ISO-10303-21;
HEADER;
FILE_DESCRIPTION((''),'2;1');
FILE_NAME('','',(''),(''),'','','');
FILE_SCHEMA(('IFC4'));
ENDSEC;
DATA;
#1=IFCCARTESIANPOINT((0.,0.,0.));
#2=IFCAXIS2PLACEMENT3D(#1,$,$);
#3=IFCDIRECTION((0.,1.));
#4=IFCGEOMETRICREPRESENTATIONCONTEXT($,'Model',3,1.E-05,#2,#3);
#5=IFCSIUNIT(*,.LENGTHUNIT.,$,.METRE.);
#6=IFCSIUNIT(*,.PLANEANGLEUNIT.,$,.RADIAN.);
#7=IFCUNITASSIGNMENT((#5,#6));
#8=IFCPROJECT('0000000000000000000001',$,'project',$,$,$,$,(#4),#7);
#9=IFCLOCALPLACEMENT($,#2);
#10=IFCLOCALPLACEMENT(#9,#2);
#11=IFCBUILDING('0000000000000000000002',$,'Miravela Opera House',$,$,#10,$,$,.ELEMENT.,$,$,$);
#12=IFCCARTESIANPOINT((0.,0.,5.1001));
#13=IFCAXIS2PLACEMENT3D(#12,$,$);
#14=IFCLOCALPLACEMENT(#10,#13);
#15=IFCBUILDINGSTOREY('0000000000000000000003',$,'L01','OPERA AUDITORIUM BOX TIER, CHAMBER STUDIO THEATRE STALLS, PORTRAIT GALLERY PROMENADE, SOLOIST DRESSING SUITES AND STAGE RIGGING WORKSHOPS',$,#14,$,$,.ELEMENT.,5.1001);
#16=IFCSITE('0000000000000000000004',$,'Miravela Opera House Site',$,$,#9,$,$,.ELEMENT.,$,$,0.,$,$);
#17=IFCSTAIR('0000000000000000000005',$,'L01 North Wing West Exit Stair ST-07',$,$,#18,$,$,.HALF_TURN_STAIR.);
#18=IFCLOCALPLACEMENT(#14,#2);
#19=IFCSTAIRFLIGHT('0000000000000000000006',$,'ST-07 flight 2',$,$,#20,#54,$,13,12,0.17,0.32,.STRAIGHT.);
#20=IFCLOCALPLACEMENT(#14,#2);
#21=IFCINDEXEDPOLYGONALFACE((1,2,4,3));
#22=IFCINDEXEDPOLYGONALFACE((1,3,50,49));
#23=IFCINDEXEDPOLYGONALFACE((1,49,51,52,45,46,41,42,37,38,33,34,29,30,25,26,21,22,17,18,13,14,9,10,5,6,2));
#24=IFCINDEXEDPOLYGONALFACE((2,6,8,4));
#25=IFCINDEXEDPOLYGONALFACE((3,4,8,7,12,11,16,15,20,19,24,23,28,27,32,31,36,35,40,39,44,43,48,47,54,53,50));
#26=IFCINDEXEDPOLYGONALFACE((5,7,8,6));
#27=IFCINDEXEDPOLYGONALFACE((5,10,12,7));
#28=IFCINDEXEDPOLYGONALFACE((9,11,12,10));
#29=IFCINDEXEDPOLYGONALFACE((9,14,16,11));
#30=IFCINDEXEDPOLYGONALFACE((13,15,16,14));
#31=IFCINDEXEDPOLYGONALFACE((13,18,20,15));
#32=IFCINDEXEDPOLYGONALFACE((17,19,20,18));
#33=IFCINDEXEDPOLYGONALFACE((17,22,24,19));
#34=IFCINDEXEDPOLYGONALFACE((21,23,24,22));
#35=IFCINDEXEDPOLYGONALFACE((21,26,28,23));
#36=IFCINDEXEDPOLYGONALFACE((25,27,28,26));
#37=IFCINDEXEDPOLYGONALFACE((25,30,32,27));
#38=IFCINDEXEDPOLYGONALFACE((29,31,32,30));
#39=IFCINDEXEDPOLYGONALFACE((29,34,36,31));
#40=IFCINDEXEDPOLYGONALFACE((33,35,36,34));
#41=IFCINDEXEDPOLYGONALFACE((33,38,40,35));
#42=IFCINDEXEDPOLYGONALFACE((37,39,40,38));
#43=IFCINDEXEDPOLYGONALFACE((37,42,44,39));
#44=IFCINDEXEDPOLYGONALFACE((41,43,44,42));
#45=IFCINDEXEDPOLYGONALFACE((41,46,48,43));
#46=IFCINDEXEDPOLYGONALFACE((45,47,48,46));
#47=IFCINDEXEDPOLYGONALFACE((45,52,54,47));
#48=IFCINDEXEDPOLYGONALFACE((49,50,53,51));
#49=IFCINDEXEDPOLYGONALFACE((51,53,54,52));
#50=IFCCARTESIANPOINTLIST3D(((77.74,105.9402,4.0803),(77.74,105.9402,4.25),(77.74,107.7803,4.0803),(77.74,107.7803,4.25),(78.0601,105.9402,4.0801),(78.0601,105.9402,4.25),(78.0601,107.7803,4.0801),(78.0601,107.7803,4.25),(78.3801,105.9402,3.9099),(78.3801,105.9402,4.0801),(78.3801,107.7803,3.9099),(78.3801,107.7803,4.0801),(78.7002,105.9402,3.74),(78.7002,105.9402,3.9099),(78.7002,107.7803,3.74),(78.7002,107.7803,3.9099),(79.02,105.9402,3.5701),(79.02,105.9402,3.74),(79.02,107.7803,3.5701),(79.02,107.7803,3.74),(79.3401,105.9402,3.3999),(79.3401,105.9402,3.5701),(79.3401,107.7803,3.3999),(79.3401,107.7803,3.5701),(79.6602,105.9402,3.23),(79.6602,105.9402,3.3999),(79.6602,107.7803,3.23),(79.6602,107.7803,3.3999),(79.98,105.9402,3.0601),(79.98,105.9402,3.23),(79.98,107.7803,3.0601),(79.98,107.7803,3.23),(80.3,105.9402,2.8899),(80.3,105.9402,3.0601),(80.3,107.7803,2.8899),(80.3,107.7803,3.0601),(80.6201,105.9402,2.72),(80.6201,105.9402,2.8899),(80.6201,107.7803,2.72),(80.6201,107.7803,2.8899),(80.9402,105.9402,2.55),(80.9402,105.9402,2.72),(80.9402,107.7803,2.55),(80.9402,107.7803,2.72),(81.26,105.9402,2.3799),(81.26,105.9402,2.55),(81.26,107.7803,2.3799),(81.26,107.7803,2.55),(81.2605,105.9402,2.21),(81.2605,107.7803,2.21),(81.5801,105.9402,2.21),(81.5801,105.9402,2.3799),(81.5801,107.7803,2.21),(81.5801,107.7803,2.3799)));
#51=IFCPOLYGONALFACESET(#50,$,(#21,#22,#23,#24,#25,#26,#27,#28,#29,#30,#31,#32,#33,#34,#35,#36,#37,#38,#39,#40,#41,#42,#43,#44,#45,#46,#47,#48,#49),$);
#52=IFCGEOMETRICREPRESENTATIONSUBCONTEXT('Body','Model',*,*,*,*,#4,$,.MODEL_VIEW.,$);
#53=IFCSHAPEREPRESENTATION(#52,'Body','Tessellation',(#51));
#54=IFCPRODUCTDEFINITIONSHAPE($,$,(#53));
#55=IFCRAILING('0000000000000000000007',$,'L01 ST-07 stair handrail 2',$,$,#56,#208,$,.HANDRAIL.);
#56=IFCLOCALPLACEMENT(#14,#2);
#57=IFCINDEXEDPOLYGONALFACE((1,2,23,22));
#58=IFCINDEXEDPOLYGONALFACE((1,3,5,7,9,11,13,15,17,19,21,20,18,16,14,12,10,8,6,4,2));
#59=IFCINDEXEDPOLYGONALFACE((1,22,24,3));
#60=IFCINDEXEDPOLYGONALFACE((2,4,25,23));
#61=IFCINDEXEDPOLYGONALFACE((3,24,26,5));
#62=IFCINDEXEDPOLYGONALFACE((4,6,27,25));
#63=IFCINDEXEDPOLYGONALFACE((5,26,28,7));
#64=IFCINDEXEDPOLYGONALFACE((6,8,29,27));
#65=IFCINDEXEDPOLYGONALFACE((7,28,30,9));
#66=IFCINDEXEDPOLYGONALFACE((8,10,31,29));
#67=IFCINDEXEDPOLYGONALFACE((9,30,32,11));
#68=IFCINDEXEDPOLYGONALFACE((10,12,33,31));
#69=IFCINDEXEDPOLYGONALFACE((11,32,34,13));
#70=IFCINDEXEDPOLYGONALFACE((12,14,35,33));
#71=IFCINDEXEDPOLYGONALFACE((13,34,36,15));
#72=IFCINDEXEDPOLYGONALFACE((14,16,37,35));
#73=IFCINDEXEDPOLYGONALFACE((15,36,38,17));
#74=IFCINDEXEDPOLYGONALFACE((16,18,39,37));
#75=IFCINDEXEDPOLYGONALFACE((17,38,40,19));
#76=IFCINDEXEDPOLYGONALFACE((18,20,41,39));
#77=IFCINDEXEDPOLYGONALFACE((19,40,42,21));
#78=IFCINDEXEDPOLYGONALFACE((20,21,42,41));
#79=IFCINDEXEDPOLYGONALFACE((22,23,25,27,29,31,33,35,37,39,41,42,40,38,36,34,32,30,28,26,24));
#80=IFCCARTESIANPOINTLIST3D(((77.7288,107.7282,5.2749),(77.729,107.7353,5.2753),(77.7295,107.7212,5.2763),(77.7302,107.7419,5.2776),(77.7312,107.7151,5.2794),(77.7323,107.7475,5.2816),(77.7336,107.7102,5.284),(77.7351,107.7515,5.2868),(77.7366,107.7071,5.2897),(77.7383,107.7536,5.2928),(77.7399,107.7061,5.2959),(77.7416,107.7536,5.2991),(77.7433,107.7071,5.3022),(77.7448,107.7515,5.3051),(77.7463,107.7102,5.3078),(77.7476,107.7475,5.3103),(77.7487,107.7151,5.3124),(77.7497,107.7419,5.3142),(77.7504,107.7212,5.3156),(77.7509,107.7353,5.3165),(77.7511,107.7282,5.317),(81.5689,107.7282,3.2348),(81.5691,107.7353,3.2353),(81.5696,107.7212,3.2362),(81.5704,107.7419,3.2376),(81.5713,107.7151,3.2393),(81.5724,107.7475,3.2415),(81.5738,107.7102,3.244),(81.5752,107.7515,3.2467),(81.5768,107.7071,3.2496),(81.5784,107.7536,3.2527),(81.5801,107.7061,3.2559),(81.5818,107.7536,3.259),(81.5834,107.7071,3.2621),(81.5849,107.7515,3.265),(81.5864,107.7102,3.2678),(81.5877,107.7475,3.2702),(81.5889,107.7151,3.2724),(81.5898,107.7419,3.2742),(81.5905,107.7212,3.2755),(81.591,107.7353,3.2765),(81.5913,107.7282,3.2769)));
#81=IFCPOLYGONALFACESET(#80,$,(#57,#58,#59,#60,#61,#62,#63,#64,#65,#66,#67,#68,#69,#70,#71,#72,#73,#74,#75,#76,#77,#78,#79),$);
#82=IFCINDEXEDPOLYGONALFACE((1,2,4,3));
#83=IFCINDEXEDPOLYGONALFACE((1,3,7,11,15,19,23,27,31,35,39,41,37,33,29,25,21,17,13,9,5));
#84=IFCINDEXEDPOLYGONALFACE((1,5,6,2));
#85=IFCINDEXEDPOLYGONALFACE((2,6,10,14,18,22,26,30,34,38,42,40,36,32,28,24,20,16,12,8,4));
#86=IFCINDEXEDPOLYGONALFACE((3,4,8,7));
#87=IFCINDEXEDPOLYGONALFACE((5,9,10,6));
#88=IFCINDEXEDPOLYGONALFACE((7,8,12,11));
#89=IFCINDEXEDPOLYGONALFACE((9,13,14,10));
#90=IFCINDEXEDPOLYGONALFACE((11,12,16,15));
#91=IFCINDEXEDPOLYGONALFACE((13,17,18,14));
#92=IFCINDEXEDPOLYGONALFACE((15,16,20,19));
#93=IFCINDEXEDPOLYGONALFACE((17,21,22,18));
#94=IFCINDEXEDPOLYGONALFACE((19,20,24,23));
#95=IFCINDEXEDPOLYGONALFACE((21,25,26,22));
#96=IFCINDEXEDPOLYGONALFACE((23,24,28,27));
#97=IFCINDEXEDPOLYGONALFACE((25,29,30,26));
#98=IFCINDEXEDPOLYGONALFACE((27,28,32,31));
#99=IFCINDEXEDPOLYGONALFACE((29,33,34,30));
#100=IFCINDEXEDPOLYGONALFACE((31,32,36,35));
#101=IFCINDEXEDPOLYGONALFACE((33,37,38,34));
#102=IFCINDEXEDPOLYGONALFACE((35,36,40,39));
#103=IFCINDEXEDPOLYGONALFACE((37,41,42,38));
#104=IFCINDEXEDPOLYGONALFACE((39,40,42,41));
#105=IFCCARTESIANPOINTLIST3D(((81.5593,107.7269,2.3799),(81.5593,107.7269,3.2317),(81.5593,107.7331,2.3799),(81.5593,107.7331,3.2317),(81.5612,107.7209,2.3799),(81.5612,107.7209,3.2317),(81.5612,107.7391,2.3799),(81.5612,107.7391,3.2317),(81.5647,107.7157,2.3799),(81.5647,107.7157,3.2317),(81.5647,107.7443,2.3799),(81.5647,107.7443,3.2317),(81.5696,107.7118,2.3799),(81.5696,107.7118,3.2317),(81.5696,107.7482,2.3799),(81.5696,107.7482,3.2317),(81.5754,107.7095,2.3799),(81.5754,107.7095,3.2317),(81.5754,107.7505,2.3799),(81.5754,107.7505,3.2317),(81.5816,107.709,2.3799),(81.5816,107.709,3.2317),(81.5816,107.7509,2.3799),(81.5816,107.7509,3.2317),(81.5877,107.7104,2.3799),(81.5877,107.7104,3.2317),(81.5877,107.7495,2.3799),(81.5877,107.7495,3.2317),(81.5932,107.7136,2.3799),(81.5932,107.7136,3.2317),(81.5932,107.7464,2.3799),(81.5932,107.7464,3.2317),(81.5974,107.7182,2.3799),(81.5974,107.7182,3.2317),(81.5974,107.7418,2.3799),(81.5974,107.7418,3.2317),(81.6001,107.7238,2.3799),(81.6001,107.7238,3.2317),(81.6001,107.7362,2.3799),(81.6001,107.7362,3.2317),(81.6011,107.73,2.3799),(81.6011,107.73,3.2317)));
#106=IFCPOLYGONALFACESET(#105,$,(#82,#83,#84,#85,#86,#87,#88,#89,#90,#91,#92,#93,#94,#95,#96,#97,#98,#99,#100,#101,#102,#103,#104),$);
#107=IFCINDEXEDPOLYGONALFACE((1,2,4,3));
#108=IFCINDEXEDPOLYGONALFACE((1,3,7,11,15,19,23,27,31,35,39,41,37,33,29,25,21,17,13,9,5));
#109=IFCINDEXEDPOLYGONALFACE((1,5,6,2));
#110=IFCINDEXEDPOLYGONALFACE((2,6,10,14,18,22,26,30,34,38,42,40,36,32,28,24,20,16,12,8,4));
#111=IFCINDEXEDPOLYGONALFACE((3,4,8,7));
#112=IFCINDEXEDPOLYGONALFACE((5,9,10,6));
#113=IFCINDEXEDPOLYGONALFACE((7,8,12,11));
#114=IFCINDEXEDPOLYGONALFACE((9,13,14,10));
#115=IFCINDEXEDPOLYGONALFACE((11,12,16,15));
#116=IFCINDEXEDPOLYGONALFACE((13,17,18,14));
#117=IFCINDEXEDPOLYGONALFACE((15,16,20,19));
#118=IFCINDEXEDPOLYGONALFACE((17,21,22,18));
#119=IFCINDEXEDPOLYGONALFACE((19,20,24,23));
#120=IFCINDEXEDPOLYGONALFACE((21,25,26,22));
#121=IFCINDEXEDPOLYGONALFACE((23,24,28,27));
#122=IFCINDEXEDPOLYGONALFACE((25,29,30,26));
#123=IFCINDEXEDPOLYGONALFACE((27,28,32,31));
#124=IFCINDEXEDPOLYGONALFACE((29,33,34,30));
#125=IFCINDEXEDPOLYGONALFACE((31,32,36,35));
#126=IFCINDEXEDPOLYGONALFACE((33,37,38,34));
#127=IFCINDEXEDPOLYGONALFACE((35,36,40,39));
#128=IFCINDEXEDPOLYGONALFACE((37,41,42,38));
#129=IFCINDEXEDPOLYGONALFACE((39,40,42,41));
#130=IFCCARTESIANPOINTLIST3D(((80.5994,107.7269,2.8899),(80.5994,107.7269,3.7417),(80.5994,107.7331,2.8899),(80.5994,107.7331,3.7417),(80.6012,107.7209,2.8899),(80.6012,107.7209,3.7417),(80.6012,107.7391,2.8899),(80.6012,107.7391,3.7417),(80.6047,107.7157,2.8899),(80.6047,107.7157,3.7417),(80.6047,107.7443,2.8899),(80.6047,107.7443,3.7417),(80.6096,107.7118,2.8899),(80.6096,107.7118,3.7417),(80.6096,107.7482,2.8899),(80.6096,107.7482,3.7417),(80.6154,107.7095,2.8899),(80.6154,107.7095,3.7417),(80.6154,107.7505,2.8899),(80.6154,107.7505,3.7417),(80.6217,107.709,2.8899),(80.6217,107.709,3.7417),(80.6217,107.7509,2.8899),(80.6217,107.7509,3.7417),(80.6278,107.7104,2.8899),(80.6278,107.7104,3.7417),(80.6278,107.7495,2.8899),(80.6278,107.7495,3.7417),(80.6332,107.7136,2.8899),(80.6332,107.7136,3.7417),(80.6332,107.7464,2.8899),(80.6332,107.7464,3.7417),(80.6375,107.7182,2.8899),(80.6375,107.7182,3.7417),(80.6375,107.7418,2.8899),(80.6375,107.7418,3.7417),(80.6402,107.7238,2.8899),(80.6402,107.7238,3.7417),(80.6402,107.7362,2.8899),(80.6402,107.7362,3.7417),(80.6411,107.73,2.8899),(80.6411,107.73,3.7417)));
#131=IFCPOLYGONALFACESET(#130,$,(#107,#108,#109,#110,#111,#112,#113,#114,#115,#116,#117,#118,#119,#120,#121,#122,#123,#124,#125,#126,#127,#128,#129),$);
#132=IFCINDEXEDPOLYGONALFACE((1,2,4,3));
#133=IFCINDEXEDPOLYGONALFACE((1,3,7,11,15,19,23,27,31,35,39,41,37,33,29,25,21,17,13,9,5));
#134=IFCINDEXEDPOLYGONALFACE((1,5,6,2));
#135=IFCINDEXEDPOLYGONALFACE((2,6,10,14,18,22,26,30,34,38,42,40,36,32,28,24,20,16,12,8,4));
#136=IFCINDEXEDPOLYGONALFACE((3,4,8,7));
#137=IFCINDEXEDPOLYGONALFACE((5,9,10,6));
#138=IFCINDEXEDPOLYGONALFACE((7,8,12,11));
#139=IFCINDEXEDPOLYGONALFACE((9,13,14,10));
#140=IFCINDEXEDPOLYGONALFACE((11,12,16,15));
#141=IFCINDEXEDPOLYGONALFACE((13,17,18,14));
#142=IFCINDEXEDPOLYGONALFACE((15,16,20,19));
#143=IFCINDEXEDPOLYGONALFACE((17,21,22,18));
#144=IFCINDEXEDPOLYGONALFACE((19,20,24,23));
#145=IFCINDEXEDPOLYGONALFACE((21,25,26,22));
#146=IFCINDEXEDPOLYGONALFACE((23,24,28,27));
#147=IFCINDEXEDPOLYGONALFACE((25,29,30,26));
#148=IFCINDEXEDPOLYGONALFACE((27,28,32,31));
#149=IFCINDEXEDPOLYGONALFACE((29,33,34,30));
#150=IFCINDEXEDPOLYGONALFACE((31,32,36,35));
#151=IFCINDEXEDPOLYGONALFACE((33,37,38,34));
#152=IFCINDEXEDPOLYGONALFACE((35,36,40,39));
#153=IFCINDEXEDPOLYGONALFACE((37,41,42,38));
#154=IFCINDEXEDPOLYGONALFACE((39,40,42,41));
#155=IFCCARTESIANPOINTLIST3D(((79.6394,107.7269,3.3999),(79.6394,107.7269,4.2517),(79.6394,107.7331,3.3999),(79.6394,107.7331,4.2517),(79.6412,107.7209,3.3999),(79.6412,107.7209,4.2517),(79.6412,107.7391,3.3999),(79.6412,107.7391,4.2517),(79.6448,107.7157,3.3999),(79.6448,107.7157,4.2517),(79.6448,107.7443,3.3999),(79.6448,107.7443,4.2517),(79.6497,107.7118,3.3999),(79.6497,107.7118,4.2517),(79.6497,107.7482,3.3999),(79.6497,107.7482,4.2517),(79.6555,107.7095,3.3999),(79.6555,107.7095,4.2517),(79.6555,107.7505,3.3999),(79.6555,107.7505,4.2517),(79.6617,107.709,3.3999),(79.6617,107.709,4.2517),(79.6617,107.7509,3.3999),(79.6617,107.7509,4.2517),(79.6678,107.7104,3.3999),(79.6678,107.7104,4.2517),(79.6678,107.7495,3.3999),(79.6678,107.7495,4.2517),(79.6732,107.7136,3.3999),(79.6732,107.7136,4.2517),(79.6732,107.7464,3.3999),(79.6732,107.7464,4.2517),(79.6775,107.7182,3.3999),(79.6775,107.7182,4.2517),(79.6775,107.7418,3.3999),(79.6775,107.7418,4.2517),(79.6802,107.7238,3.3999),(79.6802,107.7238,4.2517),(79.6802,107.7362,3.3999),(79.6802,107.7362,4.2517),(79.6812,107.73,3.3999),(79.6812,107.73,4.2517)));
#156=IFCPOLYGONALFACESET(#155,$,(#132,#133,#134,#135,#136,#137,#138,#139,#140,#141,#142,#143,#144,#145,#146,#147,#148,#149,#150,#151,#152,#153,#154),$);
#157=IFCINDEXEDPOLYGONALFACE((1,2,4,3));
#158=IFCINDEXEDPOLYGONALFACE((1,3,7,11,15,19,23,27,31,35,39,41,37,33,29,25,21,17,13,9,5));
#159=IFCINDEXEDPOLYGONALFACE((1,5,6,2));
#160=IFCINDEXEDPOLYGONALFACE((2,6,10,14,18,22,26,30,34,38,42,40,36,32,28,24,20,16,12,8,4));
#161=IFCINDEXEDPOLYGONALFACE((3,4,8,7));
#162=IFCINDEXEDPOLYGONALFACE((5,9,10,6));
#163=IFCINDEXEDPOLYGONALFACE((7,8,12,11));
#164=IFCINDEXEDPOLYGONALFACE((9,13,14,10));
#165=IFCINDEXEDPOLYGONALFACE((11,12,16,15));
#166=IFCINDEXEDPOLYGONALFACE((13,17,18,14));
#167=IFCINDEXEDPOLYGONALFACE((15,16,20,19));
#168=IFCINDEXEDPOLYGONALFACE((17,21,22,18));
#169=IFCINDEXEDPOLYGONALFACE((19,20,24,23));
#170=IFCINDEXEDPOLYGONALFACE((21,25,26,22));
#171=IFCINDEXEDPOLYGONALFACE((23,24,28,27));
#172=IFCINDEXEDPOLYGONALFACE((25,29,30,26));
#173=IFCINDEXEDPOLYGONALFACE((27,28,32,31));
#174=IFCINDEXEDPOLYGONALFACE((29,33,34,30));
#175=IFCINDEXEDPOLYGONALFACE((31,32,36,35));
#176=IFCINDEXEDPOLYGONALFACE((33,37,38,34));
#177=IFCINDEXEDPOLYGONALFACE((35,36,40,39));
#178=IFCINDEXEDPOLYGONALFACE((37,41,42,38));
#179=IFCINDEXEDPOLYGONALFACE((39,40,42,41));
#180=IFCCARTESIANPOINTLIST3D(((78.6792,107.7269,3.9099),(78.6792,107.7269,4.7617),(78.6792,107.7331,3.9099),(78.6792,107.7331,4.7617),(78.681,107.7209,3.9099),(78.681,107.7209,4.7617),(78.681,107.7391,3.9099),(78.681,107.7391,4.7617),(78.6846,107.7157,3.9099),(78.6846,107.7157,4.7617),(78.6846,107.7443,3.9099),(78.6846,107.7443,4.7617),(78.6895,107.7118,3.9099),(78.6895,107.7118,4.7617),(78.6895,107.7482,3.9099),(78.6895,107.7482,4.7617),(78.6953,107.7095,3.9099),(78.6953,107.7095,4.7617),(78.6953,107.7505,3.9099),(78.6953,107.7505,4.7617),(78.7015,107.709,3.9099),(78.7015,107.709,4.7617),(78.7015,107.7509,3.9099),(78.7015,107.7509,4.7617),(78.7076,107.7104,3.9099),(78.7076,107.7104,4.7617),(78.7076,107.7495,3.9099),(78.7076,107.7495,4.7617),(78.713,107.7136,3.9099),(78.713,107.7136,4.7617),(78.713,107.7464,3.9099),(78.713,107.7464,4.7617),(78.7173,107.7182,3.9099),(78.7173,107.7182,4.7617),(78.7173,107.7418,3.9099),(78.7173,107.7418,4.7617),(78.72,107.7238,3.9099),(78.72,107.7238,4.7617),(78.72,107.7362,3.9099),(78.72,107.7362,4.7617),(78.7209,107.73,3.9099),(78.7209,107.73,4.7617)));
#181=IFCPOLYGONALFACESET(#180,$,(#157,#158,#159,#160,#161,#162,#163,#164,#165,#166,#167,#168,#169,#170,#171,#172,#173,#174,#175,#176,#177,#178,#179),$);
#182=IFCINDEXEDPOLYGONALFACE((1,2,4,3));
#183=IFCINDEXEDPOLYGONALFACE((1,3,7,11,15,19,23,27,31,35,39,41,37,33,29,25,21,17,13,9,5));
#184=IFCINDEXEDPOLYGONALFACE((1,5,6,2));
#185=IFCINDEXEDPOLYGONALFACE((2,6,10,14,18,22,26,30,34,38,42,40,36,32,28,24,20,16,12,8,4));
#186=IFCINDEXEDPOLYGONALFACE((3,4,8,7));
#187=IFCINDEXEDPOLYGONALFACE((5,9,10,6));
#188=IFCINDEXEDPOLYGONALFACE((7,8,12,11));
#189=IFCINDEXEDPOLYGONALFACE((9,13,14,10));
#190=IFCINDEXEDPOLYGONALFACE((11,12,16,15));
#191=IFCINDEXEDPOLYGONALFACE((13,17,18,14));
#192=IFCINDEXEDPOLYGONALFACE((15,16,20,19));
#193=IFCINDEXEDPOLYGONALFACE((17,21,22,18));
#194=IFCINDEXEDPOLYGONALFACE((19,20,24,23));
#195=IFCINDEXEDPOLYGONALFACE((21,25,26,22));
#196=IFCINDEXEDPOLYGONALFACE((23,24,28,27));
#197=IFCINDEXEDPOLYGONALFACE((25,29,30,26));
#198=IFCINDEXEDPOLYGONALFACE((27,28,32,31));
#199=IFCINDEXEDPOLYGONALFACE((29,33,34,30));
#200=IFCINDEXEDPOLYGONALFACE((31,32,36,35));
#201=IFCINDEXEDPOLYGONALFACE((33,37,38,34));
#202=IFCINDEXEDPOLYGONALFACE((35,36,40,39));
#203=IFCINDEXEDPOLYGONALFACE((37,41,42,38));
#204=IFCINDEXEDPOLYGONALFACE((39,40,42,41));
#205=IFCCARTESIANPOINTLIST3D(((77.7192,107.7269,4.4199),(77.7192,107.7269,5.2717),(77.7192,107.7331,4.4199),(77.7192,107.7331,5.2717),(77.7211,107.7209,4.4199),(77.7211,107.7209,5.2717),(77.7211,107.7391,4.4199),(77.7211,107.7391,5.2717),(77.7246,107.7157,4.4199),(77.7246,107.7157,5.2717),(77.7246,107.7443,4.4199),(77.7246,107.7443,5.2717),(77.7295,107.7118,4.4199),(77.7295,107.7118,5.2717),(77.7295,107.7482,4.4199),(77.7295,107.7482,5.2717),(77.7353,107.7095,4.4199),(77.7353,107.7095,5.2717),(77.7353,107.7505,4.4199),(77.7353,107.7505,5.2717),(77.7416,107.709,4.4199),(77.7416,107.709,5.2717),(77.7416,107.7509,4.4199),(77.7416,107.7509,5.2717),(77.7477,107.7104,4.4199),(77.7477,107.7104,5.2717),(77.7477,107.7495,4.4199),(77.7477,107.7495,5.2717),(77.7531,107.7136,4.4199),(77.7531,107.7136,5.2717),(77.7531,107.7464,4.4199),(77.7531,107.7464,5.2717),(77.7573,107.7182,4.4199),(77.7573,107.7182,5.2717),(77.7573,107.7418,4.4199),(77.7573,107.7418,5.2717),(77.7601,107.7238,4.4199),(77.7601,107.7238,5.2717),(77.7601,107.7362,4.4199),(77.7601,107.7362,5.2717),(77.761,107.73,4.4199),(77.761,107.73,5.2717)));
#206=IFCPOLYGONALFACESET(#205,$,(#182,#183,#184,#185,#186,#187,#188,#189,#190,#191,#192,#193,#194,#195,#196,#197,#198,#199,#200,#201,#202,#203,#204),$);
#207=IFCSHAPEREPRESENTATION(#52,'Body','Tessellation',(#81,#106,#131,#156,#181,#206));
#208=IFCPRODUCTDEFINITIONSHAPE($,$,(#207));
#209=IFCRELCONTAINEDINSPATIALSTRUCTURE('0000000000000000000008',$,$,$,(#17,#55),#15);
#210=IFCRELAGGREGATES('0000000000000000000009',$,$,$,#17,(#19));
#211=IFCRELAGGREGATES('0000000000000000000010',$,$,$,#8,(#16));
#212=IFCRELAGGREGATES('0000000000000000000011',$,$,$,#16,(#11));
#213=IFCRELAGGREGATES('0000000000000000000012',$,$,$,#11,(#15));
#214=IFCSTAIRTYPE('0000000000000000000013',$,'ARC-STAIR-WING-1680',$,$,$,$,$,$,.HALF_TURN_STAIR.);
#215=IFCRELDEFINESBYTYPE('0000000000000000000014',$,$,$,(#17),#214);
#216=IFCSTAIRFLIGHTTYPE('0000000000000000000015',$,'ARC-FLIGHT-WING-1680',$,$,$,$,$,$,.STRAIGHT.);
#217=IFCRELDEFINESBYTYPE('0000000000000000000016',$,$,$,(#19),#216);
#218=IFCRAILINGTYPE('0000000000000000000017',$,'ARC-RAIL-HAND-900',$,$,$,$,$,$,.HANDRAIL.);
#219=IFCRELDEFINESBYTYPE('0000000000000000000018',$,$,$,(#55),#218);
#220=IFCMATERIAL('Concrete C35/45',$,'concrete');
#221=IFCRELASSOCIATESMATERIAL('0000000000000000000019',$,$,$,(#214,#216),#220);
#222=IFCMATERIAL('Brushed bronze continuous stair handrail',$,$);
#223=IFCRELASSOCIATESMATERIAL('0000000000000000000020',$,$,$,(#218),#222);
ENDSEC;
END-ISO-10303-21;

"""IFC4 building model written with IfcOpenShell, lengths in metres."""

from ifc_helpers import new_model, si_unit, direction, frame, origin, origin_2d, place, context, subcontext, project, spatial, polyline, circle, outline, extrude, material, type_object, element, aggregate, save


model = new_model("IFC4")

# Units and contexts
model_context = context("Model", 3, precision=1e-05, world=origin(), true_north=direction((0.0, 1.0)))
body_context = subcontext(model_context, "Body", "Model", "MODEL_VIEW")
ifc_project = project(units=[si_unit("LENGTHUNIT", "METRE"), si_unit("PLANEANGLEUNIT", "RADIAN")], contexts=[model_context])

# Site, building, storey
site_placement = place(None, origin())
site = spatial("IfcSite", under=ifc_project, at=site_placement, Name="Miravela Opera House Site", CompositionType="ELEMENT", RefElevation=0.0)
building_placement = place(site_placement, origin())
building = spatial("IfcBuilding", under=site, at=building_placement, Name="Miravela Opera House", CompositionType="ELEMENT")
storey_placement = place(building_placement, frame((0.0, 0.0, 5.1001)))
storey = spatial("IfcBuildingStorey", under=building, at=storey_placement, Name="L01", Description="OPERA AUDITORIUM BOX TIER, CHAMBER STUDIO THEATRE STALLS, PORTRAIT GALLERY PROMENADE, SOLOIST DRESSING SUITES AND STAGE RIGGING WORKSHOPS", CompositionType="ELEMENT", Elevation=5.1001)

# Shared definitions
ifc_material_1 = material(Name="Concrete C35/45", Category="concrete")

# Stair, stair flight
stair_type = type_object("IfcStairType", Name="ARC-STAIR-WING-1680", PredefinedType="HALF_TURN_STAIR", material=ifc_material_1)
stair_placement = place(storey_placement, origin())
stair = element("IfcStair", 1, at=stair_placement, inside=storey, type_object=stair_type, Name="L01 North Wing West Exit Stair ST-07", PredefinedType="HALF_TURN_STAIR")
stair_flight_type = type_object("IfcStairFlightType", Name="ARC-FLIGHT-WING-1680", PredefinedType="STRAIGHT", material=ifc_material_1)
stair_flight_1_placement = place(storey_placement, frame((81.5801, 106.8601, 2.21), z_axis=(0.0, 0.0, 1.0), x_axis=(-1.0, 0.0, 0.0)))
stair_flight_1 = element("IfcStairFlight", 2, at=stair_flight_1_placement, type_object=stair_flight_type, Name="ST-07 flight 2", NumberOfRisers=13, NumberOfTreads=12, PredefinedType="STRAIGHT", RiserHeight=0.17, TreadLength=0.32, context=body_context, shape_type="SweptSolid", body=[
    extrude(outline(polyline([(0.0, 0.0), (0.0, 0.1699), (0.3201, 0.1699), (0.3201, 0.3401), (0.6399, 0.3401), (0.6399, 0.51), (0.96, 0.51), (0.96, 0.6799), (1.28, 0.6799), (1.28, 0.8501), (1.6001, 0.8501), (1.6001, 1.02), (1.9199, 1.02), (1.9199, 1.1899), (2.24, 1.1899), (2.24, 1.3601), (2.5601, 1.3601), (2.5601, 1.53), (2.8799, 1.53), (2.8799, 1.7), (3.2, 1.7), (3.2, 1.8701), (3.52, 1.8701), (3.52, 2.04), (3.8401, 2.04), (3.8401, 2.21), (3.8401, 1.8704), (0.3196, 0.0), (0.0, 0.0)])), frame((0.0, 0.9199, 0.0), z_axis=(0.0, -1.0, 0.0), x_axis=(1.0, 0.0, 0.0)), (0.0, 0.0, 1.0), 1.8401),
])
aggregate(stair, [stair_flight_1])

# Railing
ifc_material_2 = material(Name="Brushed bronze continuous stair handrail")
railing_type_1 = type_object("IfcRailingType", Name="ARC-RAIL-HAND-900", PredefinedType="HANDRAIL", material=ifc_material_2)
railing_1_placement = place(storey_placement, frame((81.5801, 107.73, 2.3799)))
element("IfcRailing", 3, at=railing_1_placement, inside=storey, type_object=railing_type_1, Name="L01 ST-07 stair handrail 2", PredefinedType="HANDRAIL", context=body_context, shape_type="SweptSolid", body=[
    extrude(circle(Radius=0.0239, at=origin_2d()), frame((0.0, 0.0, 0.876), z_axis=(-0.883116, 0.0, 0.469154), x_axis=(0.0, -1.0, 0.0)), (0.0, 0.0, 1.0), 4.3484),
    extrude(circle(Radius=0.021, at=origin_2d()), origin(), (0.0, 0.0, 1.0), 0.8518),
    extrude(circle(Radius=0.021, at=origin_2d()), frame((-0.96, 0.0, 0.51)), (0.0, 0.0, 1.0), 0.8518),
    extrude(circle(Radius=0.021, at=origin_2d()), frame((-1.9199, 0.0, 1.02)), (0.0, 0.0, 1.0), 0.8518),
    extrude(circle(Radius=0.021, at=origin_2d()), frame((-2.8801, 0.0, 1.53)), (0.0, 0.0, 1.0), 0.8518),
    extrude(circle(Radius=0.021, at=origin_2d()), frame((-3.8401, 0.0, 2.04)), (0.0, 0.0, 1.0), 0.8518),
])

save(model, "model.ifc")
